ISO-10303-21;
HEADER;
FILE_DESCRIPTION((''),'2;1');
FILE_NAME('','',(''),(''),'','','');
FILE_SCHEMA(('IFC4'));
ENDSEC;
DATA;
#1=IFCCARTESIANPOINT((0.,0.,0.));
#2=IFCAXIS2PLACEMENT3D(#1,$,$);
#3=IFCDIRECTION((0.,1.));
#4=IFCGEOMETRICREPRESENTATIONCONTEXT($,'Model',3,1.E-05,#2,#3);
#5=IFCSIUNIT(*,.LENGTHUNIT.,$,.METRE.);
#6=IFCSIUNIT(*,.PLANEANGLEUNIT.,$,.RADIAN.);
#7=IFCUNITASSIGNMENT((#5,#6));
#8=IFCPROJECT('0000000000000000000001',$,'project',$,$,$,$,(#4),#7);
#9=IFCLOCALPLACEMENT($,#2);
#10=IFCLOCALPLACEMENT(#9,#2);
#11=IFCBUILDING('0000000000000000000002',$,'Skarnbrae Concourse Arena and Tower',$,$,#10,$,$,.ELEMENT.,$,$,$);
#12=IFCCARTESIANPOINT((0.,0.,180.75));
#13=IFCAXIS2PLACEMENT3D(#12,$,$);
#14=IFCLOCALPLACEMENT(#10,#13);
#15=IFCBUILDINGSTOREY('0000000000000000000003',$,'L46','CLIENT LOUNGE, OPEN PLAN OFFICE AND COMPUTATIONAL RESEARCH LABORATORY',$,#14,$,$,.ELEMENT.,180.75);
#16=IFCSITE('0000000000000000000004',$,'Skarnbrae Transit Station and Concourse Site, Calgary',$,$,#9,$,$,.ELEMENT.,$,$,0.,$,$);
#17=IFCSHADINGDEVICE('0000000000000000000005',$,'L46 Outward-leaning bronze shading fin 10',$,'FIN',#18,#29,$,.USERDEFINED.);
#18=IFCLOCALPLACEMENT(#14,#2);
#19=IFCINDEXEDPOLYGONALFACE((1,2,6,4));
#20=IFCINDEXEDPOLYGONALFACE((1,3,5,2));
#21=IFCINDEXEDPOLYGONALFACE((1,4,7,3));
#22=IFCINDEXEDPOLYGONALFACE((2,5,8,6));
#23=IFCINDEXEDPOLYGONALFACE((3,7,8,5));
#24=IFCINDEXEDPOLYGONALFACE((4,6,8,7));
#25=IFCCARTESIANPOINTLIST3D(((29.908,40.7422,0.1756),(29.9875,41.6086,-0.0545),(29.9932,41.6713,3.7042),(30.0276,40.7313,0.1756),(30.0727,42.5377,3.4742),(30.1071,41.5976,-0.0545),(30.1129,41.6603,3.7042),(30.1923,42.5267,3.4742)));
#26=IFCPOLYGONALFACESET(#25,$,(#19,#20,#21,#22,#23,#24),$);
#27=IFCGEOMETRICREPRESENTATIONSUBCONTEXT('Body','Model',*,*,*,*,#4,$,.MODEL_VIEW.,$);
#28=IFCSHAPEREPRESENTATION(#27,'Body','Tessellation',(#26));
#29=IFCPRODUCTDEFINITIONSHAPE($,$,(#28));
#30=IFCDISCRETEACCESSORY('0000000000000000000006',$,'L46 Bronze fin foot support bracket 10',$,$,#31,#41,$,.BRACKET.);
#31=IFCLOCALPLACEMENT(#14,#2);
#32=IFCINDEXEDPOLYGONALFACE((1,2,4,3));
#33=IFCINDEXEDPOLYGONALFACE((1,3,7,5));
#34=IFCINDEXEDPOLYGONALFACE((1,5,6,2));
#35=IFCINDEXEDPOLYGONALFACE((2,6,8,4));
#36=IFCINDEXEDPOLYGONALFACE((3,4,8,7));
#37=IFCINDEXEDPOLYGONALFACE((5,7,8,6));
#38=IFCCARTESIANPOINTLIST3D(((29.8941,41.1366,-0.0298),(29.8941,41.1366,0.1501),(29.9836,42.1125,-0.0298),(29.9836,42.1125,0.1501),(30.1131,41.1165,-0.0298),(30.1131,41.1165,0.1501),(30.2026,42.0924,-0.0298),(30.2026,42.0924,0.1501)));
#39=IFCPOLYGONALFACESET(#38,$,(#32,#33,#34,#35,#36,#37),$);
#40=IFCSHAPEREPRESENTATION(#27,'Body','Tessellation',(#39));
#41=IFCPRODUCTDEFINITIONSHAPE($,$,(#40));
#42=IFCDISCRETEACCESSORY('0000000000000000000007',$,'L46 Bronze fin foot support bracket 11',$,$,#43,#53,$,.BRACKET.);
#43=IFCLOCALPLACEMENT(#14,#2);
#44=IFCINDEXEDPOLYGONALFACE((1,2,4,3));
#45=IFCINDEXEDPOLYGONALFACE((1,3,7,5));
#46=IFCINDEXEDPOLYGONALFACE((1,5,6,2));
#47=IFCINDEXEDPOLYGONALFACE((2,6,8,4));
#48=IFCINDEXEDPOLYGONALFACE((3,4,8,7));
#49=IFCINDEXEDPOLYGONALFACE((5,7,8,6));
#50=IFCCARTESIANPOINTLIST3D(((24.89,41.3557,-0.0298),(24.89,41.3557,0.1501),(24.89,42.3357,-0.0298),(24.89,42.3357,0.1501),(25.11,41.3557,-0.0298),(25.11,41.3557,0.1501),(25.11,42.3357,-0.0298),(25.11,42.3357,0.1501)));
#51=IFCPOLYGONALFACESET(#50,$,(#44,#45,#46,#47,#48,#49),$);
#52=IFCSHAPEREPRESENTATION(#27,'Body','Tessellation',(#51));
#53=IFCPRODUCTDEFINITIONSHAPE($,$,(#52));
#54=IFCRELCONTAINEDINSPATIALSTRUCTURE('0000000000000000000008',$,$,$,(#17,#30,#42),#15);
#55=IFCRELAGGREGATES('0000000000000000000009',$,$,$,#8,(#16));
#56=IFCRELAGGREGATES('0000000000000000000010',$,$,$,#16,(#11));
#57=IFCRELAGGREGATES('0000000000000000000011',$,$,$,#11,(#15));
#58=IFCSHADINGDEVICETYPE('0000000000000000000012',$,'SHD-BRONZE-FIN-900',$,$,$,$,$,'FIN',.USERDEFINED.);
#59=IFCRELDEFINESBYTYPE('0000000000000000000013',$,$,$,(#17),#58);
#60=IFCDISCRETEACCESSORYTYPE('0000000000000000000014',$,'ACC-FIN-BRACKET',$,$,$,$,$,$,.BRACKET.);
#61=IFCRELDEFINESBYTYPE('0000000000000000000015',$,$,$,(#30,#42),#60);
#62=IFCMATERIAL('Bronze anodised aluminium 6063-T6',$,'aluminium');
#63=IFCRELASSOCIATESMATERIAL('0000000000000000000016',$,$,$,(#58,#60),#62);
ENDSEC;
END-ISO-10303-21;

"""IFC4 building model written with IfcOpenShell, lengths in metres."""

from ifc_helpers import new_model, si_unit, direction, frame, origin, origin_2d, place, context, subcontext, project, spatial, rectangle, extrude, source, transform, mapped, material, type_object, element, save


model = new_model("IFC4")

# Units and contexts
model_context = context("Model", 3, precision=1e-05, world=origin(), true_north=direction((0.0, 1.0)))
body_context = subcontext(model_context, "Body", "Model", "MODEL_VIEW")
ifc_project = project(units=[si_unit("LENGTHUNIT", "METRE"), si_unit("PLANEANGLEUNIT", "RADIAN")], contexts=[model_context])

# Site, building, storey
site_placement = place(None, origin())
site = spatial("IfcSite", under=ifc_project, at=site_placement, Name="Skarnbrae Transit Station and Concourse Site, Calgary", CompositionType="ELEMENT", RefElevation=0.0)
building_placement = place(site_placement, origin())
building = spatial("IfcBuilding", under=site, at=building_placement, Name="Skarnbrae Concourse Arena and Tower", CompositionType="ELEMENT")
storey_placement = place(building_placement, frame((0.0, 0.0, 180.75)))
storey = spatial("IfcBuildingStorey", under=building, at=storey_placement, Name="L46", Description="CLIENT LOUNGE, OPEN PLAN OFFICE AND COMPUTATIONAL RESEARCH LABORATORY", CompositionType="ELEMENT", Elevation=180.75)

# Shared definitions
ifc_material_1 = material(Name="Bronze anodised aluminium 6063-T6", Category="aluminium")

# Shading device
shading_device_type = type_object("IfcShadingDeviceType", Name="SHD-BRONZE-FIN-900", ElementType="FIN", PredefinedType="USERDEFINED", material=ifc_material_1)
shared_shape_1 = source(origin(), body_context, "Body", "SweptSolid", [
    extrude(rectangle(XDim=0.1201, YDim=0.8999, at=origin_2d()), origin(), (0.0, 0.0, 1.0), 3.6499),
])
shading_device_placement = place(storey_placement, frame((30.0076, 41.1699, 0.0605), z_axis=(0.023349, 0.254546, 0.966779), x_axis=(0.995819, -0.091345, 0.0)))
element("IfcShadingDevice", 1, at=shading_device_placement, inside=storey, type_object=shading_device_type, Name="L46 Outward-leaning bronze shading fin 10", ObjectType="FIN", PredefinedType="USERDEFINED", context=body_context, shape_type="MappedRepresentation", body=[
    mapped(shared_shape_1, transform((0.0, 0.0, 0.0))),
])

# Discrete accessories
discrete_accessory_type = type_object("IfcDiscreteAccessoryType", Name="ACC-FIN-BRACKET", PredefinedType="BRACKET", material=ifc_material_1)
shared_shape_2 = source(origin(), body_context, "Body", "SweptSolid", [
    extrude(rectangle(XDim=0.22, YDim=0.98, at=origin_2d()), origin(), (0.0, 0.0, 1.0), 0.1799),
])
for number, where, z_axis, x_axis, name in (
    (2, (30.0483, 41.6145, -0.0298), (0.0, 0.0, 1.0), (0.995819, -0.091345, 0.0), "L46 Bronze fin foot support bracket 10"),
    (3, (25.0, 41.8457, -0.0298), (0.0, 0.0, 1.0), (1.0, 0.0, 0.0), "L46 Bronze fin foot support bracket 11"),
):
    element("IfcDiscreteAccessory", number, at=place(storey_placement, frame(where, z_axis=z_axis, x_axis=x_axis)), inside=storey, type_object=discrete_accessory_type, Name=name, PredefinedType="BRACKET", context=body_context, shape_type="MappedRepresentation", body=[
        mapped(shared_shape_2, transform((0.0, 0.0, 0.0))),
    ])

save(model, "model.ifc")
